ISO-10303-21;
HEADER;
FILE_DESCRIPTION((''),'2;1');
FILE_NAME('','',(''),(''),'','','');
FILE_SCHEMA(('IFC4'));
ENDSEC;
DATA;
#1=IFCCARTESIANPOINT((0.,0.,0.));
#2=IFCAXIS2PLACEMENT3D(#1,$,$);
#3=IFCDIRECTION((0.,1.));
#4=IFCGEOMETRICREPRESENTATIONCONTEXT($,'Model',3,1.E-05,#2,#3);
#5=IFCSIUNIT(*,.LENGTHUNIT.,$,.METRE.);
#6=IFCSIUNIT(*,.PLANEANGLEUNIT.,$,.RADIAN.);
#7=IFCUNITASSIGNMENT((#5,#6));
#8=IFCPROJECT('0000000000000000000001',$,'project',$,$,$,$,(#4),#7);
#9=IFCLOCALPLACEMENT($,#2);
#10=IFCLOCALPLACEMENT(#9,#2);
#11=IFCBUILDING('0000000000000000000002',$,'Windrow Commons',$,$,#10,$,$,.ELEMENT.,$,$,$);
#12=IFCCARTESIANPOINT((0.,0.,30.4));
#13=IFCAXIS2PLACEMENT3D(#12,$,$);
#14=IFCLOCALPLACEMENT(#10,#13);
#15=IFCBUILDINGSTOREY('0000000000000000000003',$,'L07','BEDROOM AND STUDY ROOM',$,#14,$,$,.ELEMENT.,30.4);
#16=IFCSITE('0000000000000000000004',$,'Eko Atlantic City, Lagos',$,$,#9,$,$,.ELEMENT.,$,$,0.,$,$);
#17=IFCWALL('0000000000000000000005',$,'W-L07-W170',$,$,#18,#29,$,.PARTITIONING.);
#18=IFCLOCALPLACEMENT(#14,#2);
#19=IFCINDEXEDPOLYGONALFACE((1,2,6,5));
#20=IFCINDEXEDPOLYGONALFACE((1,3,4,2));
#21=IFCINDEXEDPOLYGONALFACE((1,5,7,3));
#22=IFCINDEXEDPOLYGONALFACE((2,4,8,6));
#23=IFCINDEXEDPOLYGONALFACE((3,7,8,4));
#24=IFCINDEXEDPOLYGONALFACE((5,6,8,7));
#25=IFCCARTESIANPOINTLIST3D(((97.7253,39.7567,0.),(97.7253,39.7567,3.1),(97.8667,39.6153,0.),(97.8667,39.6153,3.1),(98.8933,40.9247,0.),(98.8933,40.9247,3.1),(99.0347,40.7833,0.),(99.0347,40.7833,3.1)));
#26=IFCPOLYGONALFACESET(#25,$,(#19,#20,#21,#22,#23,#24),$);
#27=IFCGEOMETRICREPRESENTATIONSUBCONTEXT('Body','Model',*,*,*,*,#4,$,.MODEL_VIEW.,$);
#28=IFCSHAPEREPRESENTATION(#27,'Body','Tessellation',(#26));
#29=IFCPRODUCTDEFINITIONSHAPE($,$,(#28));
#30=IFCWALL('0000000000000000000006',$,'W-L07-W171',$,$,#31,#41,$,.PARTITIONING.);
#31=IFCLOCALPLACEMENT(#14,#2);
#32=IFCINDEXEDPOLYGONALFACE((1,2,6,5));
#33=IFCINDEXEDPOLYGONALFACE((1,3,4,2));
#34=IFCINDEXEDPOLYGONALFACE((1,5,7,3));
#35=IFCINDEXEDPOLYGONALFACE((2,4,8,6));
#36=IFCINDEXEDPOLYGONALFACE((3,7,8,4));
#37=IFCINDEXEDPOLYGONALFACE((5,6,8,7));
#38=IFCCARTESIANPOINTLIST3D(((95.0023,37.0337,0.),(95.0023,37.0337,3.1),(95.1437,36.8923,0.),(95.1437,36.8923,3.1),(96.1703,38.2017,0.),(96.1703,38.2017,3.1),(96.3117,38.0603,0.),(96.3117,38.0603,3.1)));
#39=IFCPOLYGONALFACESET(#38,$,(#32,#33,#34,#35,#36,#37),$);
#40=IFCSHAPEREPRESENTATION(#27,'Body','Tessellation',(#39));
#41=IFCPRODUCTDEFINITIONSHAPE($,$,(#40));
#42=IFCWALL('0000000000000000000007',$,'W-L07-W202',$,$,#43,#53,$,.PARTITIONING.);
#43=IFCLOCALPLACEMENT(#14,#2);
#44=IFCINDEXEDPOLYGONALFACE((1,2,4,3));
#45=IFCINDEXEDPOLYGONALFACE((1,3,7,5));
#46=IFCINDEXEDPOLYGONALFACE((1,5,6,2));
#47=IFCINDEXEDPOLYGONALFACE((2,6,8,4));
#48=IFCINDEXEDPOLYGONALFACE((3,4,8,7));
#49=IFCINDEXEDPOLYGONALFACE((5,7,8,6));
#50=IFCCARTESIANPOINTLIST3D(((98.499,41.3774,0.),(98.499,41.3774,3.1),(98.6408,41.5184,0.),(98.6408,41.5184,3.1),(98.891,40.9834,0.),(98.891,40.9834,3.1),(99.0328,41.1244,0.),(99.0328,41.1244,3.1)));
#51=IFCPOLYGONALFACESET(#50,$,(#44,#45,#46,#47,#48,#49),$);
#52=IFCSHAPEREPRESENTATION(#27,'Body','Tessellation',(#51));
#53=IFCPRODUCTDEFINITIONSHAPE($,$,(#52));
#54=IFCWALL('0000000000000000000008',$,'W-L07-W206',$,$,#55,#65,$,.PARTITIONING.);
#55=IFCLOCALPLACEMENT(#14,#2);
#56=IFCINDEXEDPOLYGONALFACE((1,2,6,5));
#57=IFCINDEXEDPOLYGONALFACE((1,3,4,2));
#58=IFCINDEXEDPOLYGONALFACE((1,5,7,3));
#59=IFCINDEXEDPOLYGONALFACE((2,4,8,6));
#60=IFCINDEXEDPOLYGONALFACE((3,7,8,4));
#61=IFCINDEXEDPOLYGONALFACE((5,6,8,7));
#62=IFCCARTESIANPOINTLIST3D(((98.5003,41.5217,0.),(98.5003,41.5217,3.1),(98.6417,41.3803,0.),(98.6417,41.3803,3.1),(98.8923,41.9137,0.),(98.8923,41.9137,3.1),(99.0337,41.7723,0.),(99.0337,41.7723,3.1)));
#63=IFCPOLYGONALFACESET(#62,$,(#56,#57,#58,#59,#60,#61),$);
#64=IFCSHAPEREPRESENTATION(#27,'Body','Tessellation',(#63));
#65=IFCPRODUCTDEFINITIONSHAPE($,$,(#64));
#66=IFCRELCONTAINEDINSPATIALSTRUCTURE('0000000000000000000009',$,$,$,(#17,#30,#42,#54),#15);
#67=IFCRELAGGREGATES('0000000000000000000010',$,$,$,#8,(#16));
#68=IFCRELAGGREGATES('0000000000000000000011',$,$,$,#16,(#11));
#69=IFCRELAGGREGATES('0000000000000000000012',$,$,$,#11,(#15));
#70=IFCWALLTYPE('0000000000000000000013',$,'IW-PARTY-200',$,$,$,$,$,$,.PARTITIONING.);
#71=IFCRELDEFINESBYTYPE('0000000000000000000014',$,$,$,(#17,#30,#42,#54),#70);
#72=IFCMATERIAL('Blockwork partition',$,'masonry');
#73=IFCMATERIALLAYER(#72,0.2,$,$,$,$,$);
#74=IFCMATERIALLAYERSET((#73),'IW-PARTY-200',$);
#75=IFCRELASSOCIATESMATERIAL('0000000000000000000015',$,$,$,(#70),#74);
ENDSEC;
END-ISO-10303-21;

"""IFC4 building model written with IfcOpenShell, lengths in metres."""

from ifc_helpers import new_model, si_unit, direction, frame, frame_2d, origin, place, context, subcontext, project, spatial, rectangle, extrude, material, layer, layer_set, type_object, element, save


model = new_model("IFC4")

# Units and contexts
model_context = context("Model", 3, precision=1e-05, world=origin(), true_north=direction((0.0, 1.0)))
body_context = subcontext(model_context, "Body", "Model", "MODEL_VIEW")
ifc_project = project(units=[si_unit("LENGTHUNIT", "METRE"), si_unit("PLANEANGLEUNIT", "RADIAN")], contexts=[model_context])

# Site, building, storey
site_placement = place(None, origin())
site = spatial("IfcSite", under=ifc_project, at=site_placement, Name="Eko Atlantic City, Lagos", CompositionType="ELEMENT", RefElevation=0.0)
building_placement = place(site_placement, origin())
building = spatial("IfcBuilding", under=site, at=building_placement, Name="Windrow Commons", CompositionType="ELEMENT")
storey_placement = place(building_placement, frame((0.0, 0.0, 30.4)))
storey = spatial("IfcBuildingStorey", under=building, at=storey_placement, Name="L07", Description="BEDROOM AND STUDY ROOM", CompositionType="ELEMENT", Elevation=30.4)

# Walls
ifc_material_1 = material(Name="Blockwork partition", Category="masonry")
ifc_layer_1 = layer(ifc_material_1, 0.2)
ifc_layer_set_1 = layer_set([ifc_layer_1], Name="IW-PARTY-200")
wall_type_1 = type_object("IfcWallType", Name="IW-PARTY-200", PredefinedType="PARTITIONING", material=ifc_layer_set_1)
for number, where, z_axis, x_axis, name in (
    (1, (97.796, 39.686, 0.0), (0.0, 0.0, 1.0), (0.707107, 0.707107, 0.0), "W-L07-W170"),
    (2, (95.073, 36.963, 0.0), (0.0, 0.0, 1.0), (0.707107, 0.707107, 0.0), "W-L07-W171"),
):
    element("IfcWall", number, at=place(storey_placement, frame(where, z_axis=z_axis, x_axis=x_axis)), inside=storey, type_object=wall_type_1, Name=name, PredefinedType="PARTITIONING", context=body_context, shape_type="SweptSolid", body=[
        extrude(rectangle(XDim=1.6518, YDim=0.2, at=frame_2d((0.8259, 0.0))), origin(), (0.0, 0.0, 1.0), 3.1),
    ])
wall_1_placement = place(storey_placement, frame((98.5699, 41.4479, 0.0), z_axis=(0.0, 0.0, 1.0), x_axis=(0.705305, -0.708904, 0.0)))
element("IfcWall", 3, at=wall_1_placement, inside=storey, type_object=wall_type_1, Name="W-L07-W202", PredefinedType="PARTITIONING", context=body_context, shape_type="SweptSolid", body=[
    extrude(rectangle(XDim=0.5558, YDim=0.2, at=frame_2d((0.2779, 0.0))), origin(), (0.0, 0.0, 1.0), 3.1),
])
wall_2_placement = place(storey_placement, frame((98.571, 41.451, 0.0), z_axis=(0.0, 0.0, 1.0), x_axis=(0.707107, 0.707107, 0.0)))
element("IfcWall", 4, at=wall_2_placement, inside=storey, type_object=wall_type_1, Name="W-L07-W206", PredefinedType="PARTITIONING", context=body_context, shape_type="SweptSolid", body=[
    extrude(rectangle(XDim=0.5544, YDim=0.2, at=frame_2d((0.2772, 0.0))), origin(), (0.0, 0.0, 1.0), 3.1),
])

save(model, "model.ifc")
